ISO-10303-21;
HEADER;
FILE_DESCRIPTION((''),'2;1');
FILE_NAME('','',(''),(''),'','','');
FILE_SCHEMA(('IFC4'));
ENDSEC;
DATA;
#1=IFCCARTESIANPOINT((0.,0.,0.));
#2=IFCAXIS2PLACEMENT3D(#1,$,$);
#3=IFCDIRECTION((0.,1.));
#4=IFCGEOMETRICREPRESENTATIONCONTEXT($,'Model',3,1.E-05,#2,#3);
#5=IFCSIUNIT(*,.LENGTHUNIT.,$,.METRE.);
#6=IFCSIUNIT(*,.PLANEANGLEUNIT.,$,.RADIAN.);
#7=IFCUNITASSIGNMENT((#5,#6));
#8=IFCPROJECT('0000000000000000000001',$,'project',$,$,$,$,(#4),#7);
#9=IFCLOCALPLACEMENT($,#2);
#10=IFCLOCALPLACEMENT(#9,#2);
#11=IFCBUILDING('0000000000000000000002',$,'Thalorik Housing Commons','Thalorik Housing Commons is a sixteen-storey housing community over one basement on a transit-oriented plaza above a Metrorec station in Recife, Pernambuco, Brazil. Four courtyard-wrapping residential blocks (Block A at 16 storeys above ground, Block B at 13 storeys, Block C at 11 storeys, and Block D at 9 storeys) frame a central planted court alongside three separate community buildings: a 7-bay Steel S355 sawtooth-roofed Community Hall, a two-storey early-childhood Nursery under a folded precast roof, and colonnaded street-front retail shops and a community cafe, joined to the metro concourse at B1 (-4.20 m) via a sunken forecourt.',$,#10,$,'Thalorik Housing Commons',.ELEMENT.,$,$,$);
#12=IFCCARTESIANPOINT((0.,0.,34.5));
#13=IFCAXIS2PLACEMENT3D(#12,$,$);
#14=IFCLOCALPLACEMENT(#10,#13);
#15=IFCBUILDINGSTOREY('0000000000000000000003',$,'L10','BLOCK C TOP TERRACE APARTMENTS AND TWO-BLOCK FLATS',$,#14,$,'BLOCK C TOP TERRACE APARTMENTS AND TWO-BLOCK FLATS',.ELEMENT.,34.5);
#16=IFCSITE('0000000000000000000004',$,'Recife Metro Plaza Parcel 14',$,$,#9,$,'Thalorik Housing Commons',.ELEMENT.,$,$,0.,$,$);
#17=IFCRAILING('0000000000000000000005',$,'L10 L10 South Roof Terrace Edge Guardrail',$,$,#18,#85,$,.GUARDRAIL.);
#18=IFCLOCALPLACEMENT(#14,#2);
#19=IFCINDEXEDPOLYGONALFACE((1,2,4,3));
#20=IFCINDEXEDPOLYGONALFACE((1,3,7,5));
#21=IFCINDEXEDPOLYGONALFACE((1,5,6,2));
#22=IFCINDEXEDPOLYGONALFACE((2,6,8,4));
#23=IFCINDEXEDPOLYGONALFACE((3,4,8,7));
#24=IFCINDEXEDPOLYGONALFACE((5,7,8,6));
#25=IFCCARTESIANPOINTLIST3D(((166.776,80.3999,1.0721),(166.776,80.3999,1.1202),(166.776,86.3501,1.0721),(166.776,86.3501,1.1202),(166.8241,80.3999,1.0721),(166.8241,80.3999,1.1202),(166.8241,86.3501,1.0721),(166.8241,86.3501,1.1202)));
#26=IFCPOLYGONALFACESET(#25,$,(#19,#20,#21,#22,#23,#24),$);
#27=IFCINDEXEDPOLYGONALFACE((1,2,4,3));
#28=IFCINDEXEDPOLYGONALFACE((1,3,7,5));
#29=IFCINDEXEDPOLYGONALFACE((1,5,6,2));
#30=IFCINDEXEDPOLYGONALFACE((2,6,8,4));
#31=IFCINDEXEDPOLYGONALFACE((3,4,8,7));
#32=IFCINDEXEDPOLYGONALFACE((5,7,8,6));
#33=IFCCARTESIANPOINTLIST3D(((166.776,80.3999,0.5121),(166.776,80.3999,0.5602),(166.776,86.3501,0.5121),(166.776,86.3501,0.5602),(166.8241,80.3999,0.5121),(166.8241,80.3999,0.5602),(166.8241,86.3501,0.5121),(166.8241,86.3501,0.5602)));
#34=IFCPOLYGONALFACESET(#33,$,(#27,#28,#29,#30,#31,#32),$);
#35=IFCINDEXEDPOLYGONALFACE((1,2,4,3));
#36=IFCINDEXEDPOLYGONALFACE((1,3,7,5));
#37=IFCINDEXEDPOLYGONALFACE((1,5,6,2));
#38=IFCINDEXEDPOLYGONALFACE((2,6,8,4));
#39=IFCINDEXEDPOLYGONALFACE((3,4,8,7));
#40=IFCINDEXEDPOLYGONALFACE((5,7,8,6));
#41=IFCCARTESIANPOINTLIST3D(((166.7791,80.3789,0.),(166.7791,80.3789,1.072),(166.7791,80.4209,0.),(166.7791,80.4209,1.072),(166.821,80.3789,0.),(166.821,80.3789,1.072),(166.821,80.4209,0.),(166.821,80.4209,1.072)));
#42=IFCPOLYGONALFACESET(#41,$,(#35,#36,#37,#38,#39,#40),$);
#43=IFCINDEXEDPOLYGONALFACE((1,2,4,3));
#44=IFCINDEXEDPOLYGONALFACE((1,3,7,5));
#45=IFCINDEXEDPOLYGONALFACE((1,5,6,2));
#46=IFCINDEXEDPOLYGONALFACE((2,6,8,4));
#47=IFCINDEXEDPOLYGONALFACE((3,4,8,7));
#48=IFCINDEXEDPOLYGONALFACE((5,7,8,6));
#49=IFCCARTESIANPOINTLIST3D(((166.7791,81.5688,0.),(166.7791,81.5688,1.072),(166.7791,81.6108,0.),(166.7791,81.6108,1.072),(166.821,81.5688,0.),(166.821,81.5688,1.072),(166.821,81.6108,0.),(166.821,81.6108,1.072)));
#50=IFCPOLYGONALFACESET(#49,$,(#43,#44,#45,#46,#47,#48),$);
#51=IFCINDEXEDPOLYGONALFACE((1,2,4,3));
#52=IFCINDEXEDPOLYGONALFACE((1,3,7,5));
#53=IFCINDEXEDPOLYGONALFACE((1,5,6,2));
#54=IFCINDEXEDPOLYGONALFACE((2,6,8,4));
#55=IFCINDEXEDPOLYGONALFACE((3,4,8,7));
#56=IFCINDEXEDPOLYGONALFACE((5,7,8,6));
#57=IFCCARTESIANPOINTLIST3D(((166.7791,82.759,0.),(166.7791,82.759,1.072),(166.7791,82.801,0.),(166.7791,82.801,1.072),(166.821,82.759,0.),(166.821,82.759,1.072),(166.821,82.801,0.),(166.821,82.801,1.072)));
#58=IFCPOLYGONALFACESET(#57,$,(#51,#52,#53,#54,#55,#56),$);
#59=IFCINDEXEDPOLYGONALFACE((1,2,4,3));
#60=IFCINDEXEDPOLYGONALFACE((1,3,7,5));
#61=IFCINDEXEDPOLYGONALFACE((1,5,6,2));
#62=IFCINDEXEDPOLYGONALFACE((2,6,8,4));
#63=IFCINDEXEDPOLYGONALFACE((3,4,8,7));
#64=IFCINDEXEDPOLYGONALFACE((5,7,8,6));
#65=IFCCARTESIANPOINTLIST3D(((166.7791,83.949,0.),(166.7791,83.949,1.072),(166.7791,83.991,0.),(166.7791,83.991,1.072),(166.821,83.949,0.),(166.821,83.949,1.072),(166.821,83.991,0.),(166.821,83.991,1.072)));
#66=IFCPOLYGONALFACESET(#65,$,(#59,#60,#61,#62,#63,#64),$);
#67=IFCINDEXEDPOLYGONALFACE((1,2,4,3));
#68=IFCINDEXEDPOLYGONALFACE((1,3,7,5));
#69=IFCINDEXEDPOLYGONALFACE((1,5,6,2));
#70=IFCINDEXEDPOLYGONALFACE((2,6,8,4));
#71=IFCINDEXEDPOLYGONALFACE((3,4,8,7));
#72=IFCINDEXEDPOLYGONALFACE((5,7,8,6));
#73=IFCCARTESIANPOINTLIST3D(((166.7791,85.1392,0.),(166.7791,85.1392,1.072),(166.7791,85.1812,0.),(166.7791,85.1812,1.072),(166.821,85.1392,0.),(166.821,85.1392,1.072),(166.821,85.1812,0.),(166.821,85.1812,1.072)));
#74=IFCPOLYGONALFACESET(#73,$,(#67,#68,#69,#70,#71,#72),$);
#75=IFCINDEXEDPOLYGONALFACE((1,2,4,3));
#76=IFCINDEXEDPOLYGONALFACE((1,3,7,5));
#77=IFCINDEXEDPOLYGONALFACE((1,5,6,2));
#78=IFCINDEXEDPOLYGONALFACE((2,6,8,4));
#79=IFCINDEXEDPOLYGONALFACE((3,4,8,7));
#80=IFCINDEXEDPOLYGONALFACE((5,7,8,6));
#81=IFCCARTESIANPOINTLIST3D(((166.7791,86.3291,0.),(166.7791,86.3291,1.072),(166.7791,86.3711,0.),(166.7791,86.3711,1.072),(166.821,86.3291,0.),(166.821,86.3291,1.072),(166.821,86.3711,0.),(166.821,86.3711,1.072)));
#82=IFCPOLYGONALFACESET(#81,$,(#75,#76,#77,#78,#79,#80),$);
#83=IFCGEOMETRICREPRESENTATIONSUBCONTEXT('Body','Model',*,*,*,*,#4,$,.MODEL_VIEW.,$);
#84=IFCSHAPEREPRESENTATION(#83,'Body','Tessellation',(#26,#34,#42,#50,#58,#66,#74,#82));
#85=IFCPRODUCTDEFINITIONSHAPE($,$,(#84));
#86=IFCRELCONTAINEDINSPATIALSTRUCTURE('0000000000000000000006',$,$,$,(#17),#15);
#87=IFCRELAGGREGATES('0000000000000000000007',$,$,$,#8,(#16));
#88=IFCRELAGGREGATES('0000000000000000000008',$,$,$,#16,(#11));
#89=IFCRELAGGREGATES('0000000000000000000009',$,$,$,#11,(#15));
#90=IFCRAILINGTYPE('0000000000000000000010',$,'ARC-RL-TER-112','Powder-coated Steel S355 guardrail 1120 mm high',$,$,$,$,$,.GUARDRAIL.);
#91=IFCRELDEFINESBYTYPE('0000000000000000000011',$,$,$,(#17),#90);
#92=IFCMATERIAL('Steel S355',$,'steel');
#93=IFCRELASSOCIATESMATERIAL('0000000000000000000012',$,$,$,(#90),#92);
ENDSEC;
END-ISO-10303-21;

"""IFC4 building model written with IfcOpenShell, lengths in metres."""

from ifc_helpers import new_model, si_unit, direction, frame, origin, origin_2d, place, context, subcontext, project, spatial, rectangle, extrude, material, type_object, element, save


model = new_model("IFC4")

# Units and contexts
model_context = context("Model", 3, precision=1e-05, world=origin(), true_north=direction((0.0, 1.0)))
body_context = subcontext(model_context, "Body", "Model", "MODEL_VIEW")
ifc_project = project(units=[si_unit("LENGTHUNIT", "METRE"), si_unit("PLANEANGLEUNIT", "RADIAN")], contexts=[model_context])

# Site, building, storey
site_placement = place(None, origin())
site = spatial("IfcSite", under=ifc_project, at=site_placement, Name="Recife Metro Plaza Parcel 14", LongName="Thalorik Housing Commons", CompositionType="ELEMENT", RefElevation=0.0)
building_placement = place(site_placement, origin())
building = spatial("IfcBuilding", under=site, at=building_placement, Name="Thalorik Housing Commons", Description="Thalorik Housing Commons is a sixteen-storey housing community over one basement on a transit-oriented plaza above a Metrorec station in Recife, Pernambuco, Brazil. Four courtyard-wrapping residential blocks (Block A at 16 storeys above ground, Block B at 13 storeys, Block C at 11 storeys, and Block D at 9 storeys) frame a central planted court alongside three separate community buildings: a 7-bay Steel S355 sawtooth-roofed Community Hall, a two-storey early-childhood Nursery under a folded precast roof, and colonnaded street-front retail shops and a community cafe, joined to the metro concourse at B1 (-4.20 m) via a sunken forecourt.", LongName="Thalorik Housing Commons", CompositionType="ELEMENT")
storey_placement = place(building_placement, frame((0.0, 0.0, 34.5)))
storey = spatial("IfcBuildingStorey", under=building, at=storey_placement, Name="L10", Description="BLOCK C TOP TERRACE APARTMENTS AND TWO-BLOCK FLATS", LongName="BLOCK C TOP TERRACE APARTMENTS AND TWO-BLOCK FLATS", CompositionType="ELEMENT", Elevation=34.5)

# Railing
ifc_material_1 = material(Name="Steel S355", Category="steel")
railing_type_1 = type_object("IfcRailingType", Name="ARC-RL-TER-112", Description="Powder-coated Steel S355 guardrail 1120 mm high", PredefinedType="GUARDRAIL", material=ifc_material_1)
railing_1_placement = place(storey_placement, frame((166.8, 80.3999, 0.0)))
element("IfcRailing", 1, at=railing_1_placement, inside=storey, type_object=railing_type_1, Name="L10 L10 South Roof Terrace Edge Guardrail", PredefinedType="GUARDRAIL", context=body_context, shape_type="SweptSolid", body=[
    extrude(rectangle(XDim=0.0481, YDim=0.0481, at=origin_2d()), frame((0.0, 0.0, 1.0962), z_axis=(0.0, 1.0, 0.0), x_axis=(-1.0, 0.0, 0.0)), (0.0, 0.0, 1.0), 5.9502),
    extrude(rectangle(XDim=0.0481, YDim=0.0481, at=origin_2d()), frame((0.0, 0.0, 0.5361), z_axis=(0.0, 1.0, 0.0), x_axis=(-1.0, 0.0, 0.0)), (0.0, 0.0, 1.0), 5.9502),
    extrude(rectangle(XDim=0.042, YDim=0.042, at=origin_2d()), origin(), (0.0, 0.0, 1.0), 1.072),
    extrude(rectangle(XDim=0.042, YDim=0.042, at=origin_2d()), frame((0.0, 1.1899, 0.0)), (0.0, 0.0, 1.0), 1.072),
    extrude(rectangle(XDim=0.042, YDim=0.042, at=origin_2d()), frame((0.0, 2.3801, 0.0)), (0.0, 0.0, 1.0), 1.072),
    extrude(rectangle(XDim=0.042, YDim=0.042, at=origin_2d()), frame((0.0, 3.5701, 0.0)), (0.0, 0.0, 1.0), 1.072),
    extrude(rectangle(XDim=0.042, YDim=0.042, at=origin_2d()), frame((0.0, 4.7603, 0.0)), (0.0, 0.0, 1.0), 1.072),
    extrude(rectangle(XDim=0.042, YDim=0.042, at=origin_2d()), frame((0.0, 5.9502, 0.0)), (0.0, 0.0, 1.0), 1.072),
])

save(model, "model.ifc")
